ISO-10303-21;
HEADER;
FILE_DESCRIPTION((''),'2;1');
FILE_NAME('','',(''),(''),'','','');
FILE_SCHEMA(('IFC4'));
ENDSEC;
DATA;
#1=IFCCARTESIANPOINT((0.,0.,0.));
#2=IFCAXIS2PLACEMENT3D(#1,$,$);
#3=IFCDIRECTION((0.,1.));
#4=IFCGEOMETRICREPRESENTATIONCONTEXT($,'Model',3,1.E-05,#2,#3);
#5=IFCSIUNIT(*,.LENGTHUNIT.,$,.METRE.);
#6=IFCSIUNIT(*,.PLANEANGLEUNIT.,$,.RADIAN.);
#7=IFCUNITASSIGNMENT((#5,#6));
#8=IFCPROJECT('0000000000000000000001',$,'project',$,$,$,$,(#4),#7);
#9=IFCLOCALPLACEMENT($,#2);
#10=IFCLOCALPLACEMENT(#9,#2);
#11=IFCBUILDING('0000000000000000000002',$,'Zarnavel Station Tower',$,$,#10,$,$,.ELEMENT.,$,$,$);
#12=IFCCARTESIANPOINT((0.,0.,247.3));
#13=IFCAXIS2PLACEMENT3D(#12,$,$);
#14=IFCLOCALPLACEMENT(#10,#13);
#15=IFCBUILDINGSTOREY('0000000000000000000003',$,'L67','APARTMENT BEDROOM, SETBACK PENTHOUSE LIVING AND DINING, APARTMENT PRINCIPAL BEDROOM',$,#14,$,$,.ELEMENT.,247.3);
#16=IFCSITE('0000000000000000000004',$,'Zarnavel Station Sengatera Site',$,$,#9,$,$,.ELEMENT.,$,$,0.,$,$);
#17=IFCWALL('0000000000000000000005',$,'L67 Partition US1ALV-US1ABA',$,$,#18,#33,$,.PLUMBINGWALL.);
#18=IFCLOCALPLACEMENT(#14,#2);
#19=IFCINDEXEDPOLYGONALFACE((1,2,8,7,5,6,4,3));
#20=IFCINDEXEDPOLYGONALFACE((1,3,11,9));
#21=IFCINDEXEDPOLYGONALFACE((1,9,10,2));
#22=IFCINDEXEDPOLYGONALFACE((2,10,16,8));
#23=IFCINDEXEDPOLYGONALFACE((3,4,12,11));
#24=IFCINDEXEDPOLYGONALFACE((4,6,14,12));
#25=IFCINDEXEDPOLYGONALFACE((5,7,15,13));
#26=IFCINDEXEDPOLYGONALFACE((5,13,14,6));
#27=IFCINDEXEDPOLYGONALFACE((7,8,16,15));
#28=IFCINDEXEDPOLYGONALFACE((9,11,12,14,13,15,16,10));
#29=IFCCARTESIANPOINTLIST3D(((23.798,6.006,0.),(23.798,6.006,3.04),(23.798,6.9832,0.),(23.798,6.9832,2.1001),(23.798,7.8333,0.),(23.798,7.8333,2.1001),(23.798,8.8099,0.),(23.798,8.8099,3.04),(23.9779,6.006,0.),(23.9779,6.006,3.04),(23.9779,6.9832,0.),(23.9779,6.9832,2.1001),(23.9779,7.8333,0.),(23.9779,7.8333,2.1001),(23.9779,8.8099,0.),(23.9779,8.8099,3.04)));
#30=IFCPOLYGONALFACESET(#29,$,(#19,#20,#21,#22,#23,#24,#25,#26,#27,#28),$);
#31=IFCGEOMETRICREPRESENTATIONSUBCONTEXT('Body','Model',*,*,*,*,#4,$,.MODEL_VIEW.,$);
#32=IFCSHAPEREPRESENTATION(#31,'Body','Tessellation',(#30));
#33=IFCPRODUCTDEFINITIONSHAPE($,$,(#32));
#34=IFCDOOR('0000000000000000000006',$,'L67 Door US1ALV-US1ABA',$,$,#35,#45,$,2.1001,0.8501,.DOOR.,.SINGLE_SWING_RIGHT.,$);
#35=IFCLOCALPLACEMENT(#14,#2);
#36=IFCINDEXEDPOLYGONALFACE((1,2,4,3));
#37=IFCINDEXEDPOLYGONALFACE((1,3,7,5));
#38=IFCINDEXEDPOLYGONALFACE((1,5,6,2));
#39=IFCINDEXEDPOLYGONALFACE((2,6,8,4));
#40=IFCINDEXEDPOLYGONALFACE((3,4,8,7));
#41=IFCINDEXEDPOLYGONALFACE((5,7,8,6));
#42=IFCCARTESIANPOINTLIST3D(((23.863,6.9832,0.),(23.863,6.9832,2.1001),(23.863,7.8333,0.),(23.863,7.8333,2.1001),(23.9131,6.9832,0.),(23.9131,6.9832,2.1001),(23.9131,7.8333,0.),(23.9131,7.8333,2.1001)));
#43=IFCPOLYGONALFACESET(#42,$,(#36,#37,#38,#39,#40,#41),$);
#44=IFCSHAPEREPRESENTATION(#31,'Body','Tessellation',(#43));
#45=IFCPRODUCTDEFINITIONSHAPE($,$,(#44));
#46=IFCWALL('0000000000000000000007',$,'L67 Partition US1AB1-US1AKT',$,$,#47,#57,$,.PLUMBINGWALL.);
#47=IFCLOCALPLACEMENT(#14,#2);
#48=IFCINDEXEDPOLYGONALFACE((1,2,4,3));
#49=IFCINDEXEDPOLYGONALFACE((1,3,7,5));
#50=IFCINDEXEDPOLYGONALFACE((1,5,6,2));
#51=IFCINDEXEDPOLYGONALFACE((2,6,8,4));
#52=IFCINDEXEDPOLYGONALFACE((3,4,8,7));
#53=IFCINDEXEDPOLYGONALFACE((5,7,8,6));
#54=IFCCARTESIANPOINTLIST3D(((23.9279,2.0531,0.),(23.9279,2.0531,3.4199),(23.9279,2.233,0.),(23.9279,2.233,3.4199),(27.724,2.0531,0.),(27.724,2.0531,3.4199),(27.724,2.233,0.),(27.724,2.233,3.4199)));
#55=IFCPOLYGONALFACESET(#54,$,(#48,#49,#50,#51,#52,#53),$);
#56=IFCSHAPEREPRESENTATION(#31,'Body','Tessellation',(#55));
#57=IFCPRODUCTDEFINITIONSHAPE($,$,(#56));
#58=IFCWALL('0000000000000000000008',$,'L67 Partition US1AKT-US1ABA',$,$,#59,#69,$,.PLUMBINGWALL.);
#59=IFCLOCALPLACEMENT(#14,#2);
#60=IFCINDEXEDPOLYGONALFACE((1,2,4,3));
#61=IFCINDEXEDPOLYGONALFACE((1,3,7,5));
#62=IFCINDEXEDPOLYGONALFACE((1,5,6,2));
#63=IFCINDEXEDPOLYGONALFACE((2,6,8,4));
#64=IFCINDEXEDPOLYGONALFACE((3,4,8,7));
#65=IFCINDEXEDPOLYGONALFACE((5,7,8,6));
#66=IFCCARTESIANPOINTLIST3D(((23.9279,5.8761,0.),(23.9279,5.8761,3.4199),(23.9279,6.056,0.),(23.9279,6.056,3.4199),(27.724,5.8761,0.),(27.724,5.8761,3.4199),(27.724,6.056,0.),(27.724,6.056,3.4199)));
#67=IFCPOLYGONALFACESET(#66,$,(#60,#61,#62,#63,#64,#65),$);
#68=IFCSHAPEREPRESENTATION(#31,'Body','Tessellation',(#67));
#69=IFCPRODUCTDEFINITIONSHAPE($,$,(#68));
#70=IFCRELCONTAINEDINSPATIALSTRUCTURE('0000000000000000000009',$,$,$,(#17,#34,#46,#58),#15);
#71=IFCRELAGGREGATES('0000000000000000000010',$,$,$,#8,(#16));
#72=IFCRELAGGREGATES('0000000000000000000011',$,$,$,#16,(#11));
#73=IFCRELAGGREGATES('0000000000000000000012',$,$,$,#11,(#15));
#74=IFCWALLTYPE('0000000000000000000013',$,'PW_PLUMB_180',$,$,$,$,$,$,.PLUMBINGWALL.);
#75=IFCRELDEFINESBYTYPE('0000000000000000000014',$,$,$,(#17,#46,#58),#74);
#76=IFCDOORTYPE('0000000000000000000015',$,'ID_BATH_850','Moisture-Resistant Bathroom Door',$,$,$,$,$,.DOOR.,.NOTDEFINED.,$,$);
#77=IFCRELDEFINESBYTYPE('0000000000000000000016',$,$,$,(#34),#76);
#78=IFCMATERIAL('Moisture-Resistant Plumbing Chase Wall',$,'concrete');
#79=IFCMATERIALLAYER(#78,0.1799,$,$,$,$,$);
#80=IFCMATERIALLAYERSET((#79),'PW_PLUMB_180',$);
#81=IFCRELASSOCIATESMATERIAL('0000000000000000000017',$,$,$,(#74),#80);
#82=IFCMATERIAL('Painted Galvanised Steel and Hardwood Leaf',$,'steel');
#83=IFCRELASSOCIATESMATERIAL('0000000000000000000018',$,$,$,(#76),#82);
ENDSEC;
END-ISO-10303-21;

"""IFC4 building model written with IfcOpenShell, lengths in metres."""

from ifc_helpers import new_model, si_unit, direction, frame, frame_2d, origin, place, context, subcontext, project, spatial, rectangle, extrude, material, layer, layer_set, type_object, element, fill, save


model = new_model("IFC4")

# Units and contexts
model_context = context("Model", 3, precision=1e-05, world=origin(), true_north=direction((0.0, 1.0)))
body_context = subcontext(model_context, "Body", "Model", "MODEL_VIEW")
ifc_project = project(units=[si_unit("LENGTHUNIT", "METRE"), si_unit("PLANEANGLEUNIT", "RADIAN")], contexts=[model_context])

# Site, building, storey
site_placement = place(None, origin())
site = spatial("IfcSite", under=ifc_project, at=site_placement, Name="Zarnavel Station Sengatera Site", CompositionType="ELEMENT", RefElevation=0.0)
building_placement = place(site_placement, origin())
building = spatial("IfcBuilding", under=site, at=building_placement, Name="Zarnavel Station Tower", CompositionType="ELEMENT")
storey_placement = place(building_placement, frame((0.0, 0.0, 247.3)))
storey = spatial("IfcBuildingStorey", under=building, at=storey_placement, Name="L67", Description="APARTMENT BEDROOM, SETBACK PENTHOUSE LIVING AND DINING, APARTMENT PRINCIPAL BEDROOM", CompositionType="ELEMENT", Elevation=247.3)

# Shared definitions
ifc_material_1 = material(Name="Moisture-Resistant Plumbing Chase Wall", Category="concrete")
ifc_layer_1 = layer(ifc_material_1, 0.1799)
ifc_layer_set_1 = layer_set([ifc_layer_1], Name="PW_PLUMB_180")
wall_type_1 = type_object("IfcWallType", Name="PW_PLUMB_180", PredefinedType="PLUMBINGWALL", material=ifc_layer_set_1)

# Wall, opening, door
wall_1_placement = place(storey_placement, frame((23.8879, 6.0061, 0.0), z_axis=(0.0, 0.0, 1.0), x_axis=(0.0, 1.0, 0.0)))
wall_1 = element("IfcWall", 1, at=wall_1_placement, inside=storey, type_object=wall_type_1, Name="L67 Partition US1ALV-US1ABA", PredefinedType="PLUMBINGWALL", context=body_context, shape_type="SweptSolid", body=[
    extrude(rectangle(XDim=2.804, YDim=0.1799, at=frame_2d((1.4019, 0.0))), origin(), (0.0, 0.0, 1.0), 3.04),
])
opening_1_placement = place(wall_1_placement, frame((0.9771, 0.0, 0.0)))
opening_1 = element("IfcOpeningElement", 2, at=opening_1_placement, cuts=wall_1, PredefinedType="OPENING", context=body_context, shape_type="SweptSolid", body=[
    extrude(rectangle(XDim=0.8501, YDim=2.1001, at=frame_2d((0.425, 1.05))), frame((0.0, 0.0999, 0.0), z_axis=(0.0, -1.0, 0.0), x_axis=(1.0, 0.0, 0.0)), (0.0, 0.0, 1.0), 0.2),
])
ifc_material_2 = material(Name="Painted Galvanised Steel and Hardwood Leaf", Category="steel")
door_type_1 = type_object("IfcDoorType", Name="ID_BATH_850", Description="Moisture-Resistant Bathroom Door", OperationType="NOTDEFINED", PredefinedType="DOOR", material=ifc_material_2)
door_1_placement = place(opening_1_placement, origin())
door_1 = element("IfcDoor", 3, at=door_1_placement, inside=storey, type_object=door_type_1, Name="L67 Door US1ALV-US1ABA", OperationType="SINGLE_SWING_RIGHT", OverallHeight=2.1001, OverallWidth=0.8501, PredefinedType="DOOR", context=body_context, shape_type="SweptSolid", body=[
    extrude(rectangle(XDim=0.8501, YDim=2.1001, at=frame_2d((0.425, 1.05))), frame((0.0, 0.0249, 0.0), z_axis=(0.0, -1.0, 0.0), x_axis=(1.0, 0.0, 0.0)), (0.0, 0.0, 1.0), 0.05),
])
fill(opening_1, door_1)

# Walls
for number, where, z_axis, x_axis, name in (
    (4, (23.928, 2.1431, 0.0), (0.0, 0.0, 1.0), (1.0, 0.0, 0.0), "L67 Partition US1AB1-US1AKT"),
    (5, (23.928, 5.9661, 0.0), (0.0, 0.0, 1.0), (1.0, 0.0, 0.0), "L67 Partition US1AKT-US1ABA"),
):
    element("IfcWall", number, at=place(storey_placement, frame(where, z_axis=z_axis, x_axis=x_axis)), inside=storey, type_object=wall_type_1, Name=name, PredefinedType="PLUMBINGWALL", context=body_context, shape_type="SweptSolid", body=[
        extrude(rectangle(XDim=3.7961, YDim=0.1799, at=frame_2d((1.8979, 0.0))), origin(), (0.0, 0.0, 1.0), 3.4199),
    ])

save(model, "model.ifc")
